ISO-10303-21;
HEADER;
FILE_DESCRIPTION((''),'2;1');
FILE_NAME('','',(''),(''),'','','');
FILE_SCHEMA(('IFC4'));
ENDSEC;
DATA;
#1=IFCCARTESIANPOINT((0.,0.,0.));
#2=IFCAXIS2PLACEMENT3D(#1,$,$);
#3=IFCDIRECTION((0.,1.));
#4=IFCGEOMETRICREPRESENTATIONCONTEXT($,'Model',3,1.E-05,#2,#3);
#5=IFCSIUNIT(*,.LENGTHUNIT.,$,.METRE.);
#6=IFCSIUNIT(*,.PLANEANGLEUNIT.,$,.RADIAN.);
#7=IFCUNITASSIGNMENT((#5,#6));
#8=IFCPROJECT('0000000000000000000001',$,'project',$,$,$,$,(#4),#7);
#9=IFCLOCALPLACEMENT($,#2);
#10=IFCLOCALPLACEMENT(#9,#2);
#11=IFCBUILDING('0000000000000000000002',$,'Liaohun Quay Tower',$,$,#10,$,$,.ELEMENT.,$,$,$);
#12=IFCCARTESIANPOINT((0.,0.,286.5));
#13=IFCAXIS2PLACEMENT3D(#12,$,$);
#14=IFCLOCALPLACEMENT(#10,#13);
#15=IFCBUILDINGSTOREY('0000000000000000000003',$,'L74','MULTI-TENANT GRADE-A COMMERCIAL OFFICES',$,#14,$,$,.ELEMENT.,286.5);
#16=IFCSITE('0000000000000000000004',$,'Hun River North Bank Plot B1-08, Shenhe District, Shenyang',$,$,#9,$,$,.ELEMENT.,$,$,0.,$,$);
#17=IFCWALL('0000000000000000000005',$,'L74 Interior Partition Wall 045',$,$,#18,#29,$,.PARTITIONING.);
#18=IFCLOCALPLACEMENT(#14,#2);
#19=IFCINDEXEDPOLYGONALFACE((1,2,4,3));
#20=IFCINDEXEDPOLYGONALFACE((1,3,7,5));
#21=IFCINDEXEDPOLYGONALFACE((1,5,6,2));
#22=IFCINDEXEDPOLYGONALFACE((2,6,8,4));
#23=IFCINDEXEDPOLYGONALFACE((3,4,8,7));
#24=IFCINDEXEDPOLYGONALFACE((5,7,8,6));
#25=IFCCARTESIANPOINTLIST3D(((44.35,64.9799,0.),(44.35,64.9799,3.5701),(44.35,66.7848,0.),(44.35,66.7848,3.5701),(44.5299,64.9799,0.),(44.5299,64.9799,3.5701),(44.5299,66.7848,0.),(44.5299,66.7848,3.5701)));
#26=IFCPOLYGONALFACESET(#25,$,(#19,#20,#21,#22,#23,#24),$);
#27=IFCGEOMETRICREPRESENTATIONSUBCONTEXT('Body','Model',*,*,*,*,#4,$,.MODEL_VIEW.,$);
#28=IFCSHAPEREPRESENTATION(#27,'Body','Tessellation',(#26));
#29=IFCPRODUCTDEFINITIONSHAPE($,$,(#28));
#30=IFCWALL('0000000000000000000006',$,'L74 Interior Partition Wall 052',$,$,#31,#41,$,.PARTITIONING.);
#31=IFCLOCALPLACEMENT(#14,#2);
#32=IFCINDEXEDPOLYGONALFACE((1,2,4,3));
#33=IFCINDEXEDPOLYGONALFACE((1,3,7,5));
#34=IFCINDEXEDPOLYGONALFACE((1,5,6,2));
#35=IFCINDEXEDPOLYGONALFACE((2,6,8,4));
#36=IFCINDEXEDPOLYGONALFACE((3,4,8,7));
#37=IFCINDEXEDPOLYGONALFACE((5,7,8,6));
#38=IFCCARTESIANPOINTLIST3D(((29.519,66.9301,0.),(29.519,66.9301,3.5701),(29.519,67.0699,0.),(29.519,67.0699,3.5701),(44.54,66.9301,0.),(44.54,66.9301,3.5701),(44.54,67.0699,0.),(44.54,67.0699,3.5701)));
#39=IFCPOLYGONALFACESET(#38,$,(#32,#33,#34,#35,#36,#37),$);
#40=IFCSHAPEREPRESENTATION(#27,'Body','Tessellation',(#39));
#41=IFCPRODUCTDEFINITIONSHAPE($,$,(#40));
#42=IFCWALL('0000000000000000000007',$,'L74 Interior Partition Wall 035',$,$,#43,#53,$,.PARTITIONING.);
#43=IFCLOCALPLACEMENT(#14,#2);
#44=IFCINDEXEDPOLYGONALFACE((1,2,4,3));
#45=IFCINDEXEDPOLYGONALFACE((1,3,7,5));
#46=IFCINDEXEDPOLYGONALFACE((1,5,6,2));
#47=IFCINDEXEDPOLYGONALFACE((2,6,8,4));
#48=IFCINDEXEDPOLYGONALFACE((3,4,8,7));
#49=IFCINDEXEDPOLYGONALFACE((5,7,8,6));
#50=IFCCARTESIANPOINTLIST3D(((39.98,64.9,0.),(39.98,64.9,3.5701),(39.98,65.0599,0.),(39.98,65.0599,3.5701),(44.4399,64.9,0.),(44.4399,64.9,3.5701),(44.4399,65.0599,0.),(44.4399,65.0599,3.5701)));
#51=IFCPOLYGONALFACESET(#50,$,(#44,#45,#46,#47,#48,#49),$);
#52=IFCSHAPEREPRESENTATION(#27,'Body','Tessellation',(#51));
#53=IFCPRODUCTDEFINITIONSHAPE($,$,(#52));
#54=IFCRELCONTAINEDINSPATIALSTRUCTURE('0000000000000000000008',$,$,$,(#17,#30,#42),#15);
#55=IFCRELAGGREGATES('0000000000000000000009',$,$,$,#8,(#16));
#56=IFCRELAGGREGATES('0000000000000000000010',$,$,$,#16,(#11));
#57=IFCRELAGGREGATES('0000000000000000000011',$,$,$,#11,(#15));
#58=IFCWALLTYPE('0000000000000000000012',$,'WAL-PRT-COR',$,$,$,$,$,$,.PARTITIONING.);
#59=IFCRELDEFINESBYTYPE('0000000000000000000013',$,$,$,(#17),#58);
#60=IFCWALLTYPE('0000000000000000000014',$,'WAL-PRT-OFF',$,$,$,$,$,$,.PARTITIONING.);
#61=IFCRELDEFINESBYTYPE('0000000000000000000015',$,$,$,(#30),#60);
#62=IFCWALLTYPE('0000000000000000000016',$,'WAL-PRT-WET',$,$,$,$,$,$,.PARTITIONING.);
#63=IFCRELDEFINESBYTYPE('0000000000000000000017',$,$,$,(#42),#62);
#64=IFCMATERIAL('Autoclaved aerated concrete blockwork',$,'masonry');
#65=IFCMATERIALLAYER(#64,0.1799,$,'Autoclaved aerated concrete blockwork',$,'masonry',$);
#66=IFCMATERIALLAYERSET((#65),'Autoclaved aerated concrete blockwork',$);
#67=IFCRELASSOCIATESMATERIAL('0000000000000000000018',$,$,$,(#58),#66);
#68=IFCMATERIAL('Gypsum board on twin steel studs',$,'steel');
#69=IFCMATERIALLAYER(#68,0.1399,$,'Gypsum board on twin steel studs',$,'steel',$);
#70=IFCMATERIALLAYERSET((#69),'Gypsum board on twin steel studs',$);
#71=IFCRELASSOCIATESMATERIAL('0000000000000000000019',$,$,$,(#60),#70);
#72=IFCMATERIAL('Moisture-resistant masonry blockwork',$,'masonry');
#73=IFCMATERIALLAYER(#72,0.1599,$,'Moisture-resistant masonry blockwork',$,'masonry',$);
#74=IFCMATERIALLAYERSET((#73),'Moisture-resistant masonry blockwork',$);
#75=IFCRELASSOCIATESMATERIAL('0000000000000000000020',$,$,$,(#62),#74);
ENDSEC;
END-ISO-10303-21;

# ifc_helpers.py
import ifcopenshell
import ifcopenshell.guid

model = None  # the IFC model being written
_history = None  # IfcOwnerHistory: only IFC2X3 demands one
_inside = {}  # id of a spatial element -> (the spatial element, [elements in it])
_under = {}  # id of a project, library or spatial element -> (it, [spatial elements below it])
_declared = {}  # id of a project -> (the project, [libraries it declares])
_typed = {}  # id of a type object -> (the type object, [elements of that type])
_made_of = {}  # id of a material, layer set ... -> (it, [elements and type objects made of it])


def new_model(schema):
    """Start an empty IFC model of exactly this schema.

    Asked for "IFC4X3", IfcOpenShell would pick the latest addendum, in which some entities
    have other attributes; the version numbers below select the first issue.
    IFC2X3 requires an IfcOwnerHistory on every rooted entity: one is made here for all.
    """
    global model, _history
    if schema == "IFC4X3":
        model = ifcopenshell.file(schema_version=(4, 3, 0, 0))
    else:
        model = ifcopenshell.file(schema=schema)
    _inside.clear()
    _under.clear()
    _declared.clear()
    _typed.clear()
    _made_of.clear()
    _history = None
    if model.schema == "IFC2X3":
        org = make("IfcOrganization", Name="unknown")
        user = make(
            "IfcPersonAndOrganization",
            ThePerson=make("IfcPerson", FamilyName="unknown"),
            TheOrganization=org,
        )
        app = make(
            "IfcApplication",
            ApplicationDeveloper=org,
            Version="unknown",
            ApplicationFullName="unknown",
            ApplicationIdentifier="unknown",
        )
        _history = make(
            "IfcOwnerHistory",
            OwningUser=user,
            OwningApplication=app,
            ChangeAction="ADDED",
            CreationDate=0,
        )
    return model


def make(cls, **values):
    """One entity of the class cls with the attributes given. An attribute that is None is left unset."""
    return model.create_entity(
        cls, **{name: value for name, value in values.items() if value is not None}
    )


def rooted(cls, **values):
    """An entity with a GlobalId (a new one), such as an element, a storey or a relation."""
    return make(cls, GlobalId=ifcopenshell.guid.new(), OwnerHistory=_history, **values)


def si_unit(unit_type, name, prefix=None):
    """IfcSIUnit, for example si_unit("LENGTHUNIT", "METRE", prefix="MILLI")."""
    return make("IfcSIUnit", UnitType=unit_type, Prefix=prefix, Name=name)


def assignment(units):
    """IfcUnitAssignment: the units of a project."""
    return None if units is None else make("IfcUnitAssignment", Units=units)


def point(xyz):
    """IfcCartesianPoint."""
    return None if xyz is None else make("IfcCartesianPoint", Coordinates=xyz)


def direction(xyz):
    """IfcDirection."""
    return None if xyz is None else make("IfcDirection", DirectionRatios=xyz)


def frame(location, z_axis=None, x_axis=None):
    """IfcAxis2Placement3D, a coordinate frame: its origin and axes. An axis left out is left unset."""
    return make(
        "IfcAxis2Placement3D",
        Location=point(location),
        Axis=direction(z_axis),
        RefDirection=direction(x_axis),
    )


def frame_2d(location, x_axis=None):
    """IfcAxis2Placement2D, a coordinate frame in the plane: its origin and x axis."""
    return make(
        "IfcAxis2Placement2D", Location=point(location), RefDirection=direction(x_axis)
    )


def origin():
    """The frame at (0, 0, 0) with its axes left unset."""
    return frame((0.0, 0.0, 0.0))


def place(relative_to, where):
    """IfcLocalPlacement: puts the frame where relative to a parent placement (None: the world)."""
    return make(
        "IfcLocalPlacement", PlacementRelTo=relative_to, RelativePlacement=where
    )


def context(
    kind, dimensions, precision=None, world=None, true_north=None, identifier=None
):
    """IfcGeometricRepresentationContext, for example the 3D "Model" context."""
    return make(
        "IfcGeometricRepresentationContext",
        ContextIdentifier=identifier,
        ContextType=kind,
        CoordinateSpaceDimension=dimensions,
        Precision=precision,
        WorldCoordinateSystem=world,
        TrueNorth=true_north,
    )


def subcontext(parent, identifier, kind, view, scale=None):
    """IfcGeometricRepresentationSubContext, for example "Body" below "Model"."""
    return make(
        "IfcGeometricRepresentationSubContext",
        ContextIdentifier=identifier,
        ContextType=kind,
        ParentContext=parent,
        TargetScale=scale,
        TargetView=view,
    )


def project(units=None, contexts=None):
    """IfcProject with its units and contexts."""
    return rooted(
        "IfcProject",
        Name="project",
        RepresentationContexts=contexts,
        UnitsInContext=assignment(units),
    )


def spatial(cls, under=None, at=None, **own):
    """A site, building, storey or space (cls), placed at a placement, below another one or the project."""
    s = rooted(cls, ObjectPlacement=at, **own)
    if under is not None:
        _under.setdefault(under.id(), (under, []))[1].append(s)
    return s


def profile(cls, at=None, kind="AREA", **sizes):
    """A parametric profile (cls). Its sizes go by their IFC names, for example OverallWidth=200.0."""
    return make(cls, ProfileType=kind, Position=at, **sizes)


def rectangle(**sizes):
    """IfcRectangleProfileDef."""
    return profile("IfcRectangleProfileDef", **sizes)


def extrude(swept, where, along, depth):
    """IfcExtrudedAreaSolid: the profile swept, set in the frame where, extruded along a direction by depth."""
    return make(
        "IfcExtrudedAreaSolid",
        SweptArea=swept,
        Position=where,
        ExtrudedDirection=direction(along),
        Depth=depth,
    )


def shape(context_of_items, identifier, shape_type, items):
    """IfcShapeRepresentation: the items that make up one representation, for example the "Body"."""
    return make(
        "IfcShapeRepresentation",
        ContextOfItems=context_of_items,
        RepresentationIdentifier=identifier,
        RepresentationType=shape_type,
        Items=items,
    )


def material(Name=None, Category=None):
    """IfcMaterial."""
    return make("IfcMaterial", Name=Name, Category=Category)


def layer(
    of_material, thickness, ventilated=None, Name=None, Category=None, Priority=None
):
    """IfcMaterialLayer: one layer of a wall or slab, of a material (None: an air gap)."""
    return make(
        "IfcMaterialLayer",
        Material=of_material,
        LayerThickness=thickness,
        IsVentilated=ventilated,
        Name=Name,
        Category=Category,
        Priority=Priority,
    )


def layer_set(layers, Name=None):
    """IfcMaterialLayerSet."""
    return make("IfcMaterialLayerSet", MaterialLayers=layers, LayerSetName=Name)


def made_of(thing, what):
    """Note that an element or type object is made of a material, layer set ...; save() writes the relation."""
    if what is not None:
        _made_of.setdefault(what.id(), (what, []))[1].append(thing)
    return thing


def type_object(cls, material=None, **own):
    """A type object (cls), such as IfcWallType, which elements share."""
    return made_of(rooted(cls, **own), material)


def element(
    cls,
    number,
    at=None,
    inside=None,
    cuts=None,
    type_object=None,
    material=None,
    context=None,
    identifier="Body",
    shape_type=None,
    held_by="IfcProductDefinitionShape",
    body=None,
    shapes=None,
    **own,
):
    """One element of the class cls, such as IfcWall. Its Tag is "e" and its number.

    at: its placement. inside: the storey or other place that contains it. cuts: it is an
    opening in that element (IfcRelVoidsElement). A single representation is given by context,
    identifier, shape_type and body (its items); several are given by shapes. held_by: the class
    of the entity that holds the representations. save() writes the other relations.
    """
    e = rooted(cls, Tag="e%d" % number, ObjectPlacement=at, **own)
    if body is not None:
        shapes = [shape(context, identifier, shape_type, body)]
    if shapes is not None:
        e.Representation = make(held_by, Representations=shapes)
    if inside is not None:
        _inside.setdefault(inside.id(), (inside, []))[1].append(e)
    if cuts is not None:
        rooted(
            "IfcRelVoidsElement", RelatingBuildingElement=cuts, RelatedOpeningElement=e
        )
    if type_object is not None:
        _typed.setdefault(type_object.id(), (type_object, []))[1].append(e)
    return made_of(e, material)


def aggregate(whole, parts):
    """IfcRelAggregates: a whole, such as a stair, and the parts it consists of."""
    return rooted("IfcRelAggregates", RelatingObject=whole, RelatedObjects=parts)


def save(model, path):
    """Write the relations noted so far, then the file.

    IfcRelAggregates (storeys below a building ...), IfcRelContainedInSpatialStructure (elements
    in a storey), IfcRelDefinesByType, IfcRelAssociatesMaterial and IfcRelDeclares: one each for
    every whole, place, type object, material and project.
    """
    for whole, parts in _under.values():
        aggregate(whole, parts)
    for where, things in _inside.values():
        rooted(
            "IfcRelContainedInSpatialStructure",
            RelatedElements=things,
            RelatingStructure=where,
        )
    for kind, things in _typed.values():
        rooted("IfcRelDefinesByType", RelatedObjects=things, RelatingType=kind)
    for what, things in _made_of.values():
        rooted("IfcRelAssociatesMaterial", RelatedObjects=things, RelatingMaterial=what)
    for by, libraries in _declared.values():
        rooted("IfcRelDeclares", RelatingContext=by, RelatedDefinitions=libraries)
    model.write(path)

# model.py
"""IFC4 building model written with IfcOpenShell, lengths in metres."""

from ifc_helpers import new_model, si_unit, direction, frame, frame_2d, origin, place, context, subcontext, project, spatial, rectangle, extrude, material, layer, layer_set, type_object, element, save


model = new_model("IFC4")

# Units and contexts
model_context = context("Model", 3, precision=1e-05, world=origin(), true_north=direction((0.0, 1.0)))
body_context = subcontext(model_context, "Body", "Model", "MODEL_VIEW")
ifc_project = project(units=[si_unit("LENGTHUNIT", "METRE"), si_unit("PLANEANGLEUNIT", "RADIAN")], contexts=[model_context])

# Site, building, storey
site_placement = place(None, origin())
site = spatial("IfcSite", under=ifc_project, at=site_placement, Name="Hun River North Bank Plot B1-08, Shenhe District, Shenyang", CompositionType="ELEMENT", RefElevation=0.0)
building_placement = place(site_placement, origin())
building = spatial("IfcBuilding", under=site, at=building_placement, Name="Liaohun Quay Tower", CompositionType="ELEMENT")
storey_placement = place(building_placement, frame((0.0, 0.0, 286.5)))
storey = spatial("IfcBuildingStorey", under=building, at=storey_placement, Name="L74", Description="MULTI-TENANT GRADE-A COMMERCIAL OFFICES", CompositionType="ELEMENT", Elevation=286.5)

# Shared definitions
ifc_material_1 = material(Name="Autoclaved aerated concrete blockwork", Category="masonry")
ifc_layer_1 = layer(ifc_material_1, 0.1799, Name="Autoclaved aerated concrete blockwork", Category="masonry")
ifc_layer_set_1 = layer_set([ifc_layer_1], Name="Autoclaved aerated concrete blockwork")
wall_type_1 = type_object("IfcWallType", Name="WAL-PRT-COR", PredefinedType="PARTITIONING", material=ifc_layer_set_1)

# Walls
wall_1_placement = place(storey_placement, frame((44.4399, 64.98, 0.0), z_axis=(0.0, 0.0, 1.0), x_axis=(0.0, 1.0, 0.0)))
element("IfcWall", 1, at=wall_1_placement, inside=storey, type_object=wall_type_1, Name="L74 Interior Partition Wall 045", PredefinedType="PARTITIONING", context=body_context, shape_type="SweptSolid", body=[
    extrude(rectangle(XDim=1.8049, YDim=0.1799, at=frame_2d((0.9023, 0.0))), origin(), (0.0, 0.0, 1.0), 3.5701),
])
ifc_material_2 = material(Name="Gypsum board on twin steel studs", Category="steel")
ifc_layer_2 = layer(ifc_material_2, 0.1399, Name="Gypsum board on twin steel studs", Category="steel")
ifc_layer_set_2 = layer_set([ifc_layer_2], Name="Gypsum board on twin steel studs")
wall_type_2 = type_object("IfcWallType", Name="WAL-PRT-OFF", PredefinedType="PARTITIONING", material=ifc_layer_set_2)
wall_2_placement = place(storey_placement, frame((44.54, 67.0, 0.0), z_axis=(0.0, 0.0, 1.0), x_axis=(-1.0, 0.0, 0.0)))
element("IfcWall", 2, at=wall_2_placement, inside=storey, type_object=wall_type_2, Name="L74 Interior Partition Wall 052", PredefinedType="PARTITIONING", context=body_context, shape_type="SweptSolid", body=[
    extrude(rectangle(XDim=15.021, YDim=0.1399, at=frame_2d((7.5105, 0.0))), origin(), (0.0, 0.0, 1.0), 3.5701),
])

# Shared definitions
ifc_material_3 = material(Name="Moisture-resistant masonry blockwork", Category="masonry")
ifc_layer_3 = layer(ifc_material_3, 0.1599, Name="Moisture-resistant masonry blockwork", Category="masonry")
ifc_layer_set_3 = layer_set([ifc_layer_3], Name="Moisture-resistant masonry blockwork")
wall_type_3 = type_object("IfcWallType", Name="WAL-PRT-WET", PredefinedType="PARTITIONING", material=ifc_layer_set_3)

# Wall
wall_3_placement = place(storey_placement, frame((39.98, 64.98, 0.0), z_axis=(0.0, 0.0, 1.0), x_axis=(1.0, 0.0, 0.0)))
element("IfcWall", 3, at=wall_3_placement, inside=storey, type_object=wall_type_3, Name="L74 Interior Partition Wall 035", PredefinedType="PARTITIONING", context=body_context, shape_type="SweptSolid", body=[
    extrude(rectangle(XDim=4.46, YDim=0.1599, at=frame_2d((2.23, 0.0))), origin(), (0.0, 0.0, 1.0), 3.5701),
])

save(model, "model.ifc")
